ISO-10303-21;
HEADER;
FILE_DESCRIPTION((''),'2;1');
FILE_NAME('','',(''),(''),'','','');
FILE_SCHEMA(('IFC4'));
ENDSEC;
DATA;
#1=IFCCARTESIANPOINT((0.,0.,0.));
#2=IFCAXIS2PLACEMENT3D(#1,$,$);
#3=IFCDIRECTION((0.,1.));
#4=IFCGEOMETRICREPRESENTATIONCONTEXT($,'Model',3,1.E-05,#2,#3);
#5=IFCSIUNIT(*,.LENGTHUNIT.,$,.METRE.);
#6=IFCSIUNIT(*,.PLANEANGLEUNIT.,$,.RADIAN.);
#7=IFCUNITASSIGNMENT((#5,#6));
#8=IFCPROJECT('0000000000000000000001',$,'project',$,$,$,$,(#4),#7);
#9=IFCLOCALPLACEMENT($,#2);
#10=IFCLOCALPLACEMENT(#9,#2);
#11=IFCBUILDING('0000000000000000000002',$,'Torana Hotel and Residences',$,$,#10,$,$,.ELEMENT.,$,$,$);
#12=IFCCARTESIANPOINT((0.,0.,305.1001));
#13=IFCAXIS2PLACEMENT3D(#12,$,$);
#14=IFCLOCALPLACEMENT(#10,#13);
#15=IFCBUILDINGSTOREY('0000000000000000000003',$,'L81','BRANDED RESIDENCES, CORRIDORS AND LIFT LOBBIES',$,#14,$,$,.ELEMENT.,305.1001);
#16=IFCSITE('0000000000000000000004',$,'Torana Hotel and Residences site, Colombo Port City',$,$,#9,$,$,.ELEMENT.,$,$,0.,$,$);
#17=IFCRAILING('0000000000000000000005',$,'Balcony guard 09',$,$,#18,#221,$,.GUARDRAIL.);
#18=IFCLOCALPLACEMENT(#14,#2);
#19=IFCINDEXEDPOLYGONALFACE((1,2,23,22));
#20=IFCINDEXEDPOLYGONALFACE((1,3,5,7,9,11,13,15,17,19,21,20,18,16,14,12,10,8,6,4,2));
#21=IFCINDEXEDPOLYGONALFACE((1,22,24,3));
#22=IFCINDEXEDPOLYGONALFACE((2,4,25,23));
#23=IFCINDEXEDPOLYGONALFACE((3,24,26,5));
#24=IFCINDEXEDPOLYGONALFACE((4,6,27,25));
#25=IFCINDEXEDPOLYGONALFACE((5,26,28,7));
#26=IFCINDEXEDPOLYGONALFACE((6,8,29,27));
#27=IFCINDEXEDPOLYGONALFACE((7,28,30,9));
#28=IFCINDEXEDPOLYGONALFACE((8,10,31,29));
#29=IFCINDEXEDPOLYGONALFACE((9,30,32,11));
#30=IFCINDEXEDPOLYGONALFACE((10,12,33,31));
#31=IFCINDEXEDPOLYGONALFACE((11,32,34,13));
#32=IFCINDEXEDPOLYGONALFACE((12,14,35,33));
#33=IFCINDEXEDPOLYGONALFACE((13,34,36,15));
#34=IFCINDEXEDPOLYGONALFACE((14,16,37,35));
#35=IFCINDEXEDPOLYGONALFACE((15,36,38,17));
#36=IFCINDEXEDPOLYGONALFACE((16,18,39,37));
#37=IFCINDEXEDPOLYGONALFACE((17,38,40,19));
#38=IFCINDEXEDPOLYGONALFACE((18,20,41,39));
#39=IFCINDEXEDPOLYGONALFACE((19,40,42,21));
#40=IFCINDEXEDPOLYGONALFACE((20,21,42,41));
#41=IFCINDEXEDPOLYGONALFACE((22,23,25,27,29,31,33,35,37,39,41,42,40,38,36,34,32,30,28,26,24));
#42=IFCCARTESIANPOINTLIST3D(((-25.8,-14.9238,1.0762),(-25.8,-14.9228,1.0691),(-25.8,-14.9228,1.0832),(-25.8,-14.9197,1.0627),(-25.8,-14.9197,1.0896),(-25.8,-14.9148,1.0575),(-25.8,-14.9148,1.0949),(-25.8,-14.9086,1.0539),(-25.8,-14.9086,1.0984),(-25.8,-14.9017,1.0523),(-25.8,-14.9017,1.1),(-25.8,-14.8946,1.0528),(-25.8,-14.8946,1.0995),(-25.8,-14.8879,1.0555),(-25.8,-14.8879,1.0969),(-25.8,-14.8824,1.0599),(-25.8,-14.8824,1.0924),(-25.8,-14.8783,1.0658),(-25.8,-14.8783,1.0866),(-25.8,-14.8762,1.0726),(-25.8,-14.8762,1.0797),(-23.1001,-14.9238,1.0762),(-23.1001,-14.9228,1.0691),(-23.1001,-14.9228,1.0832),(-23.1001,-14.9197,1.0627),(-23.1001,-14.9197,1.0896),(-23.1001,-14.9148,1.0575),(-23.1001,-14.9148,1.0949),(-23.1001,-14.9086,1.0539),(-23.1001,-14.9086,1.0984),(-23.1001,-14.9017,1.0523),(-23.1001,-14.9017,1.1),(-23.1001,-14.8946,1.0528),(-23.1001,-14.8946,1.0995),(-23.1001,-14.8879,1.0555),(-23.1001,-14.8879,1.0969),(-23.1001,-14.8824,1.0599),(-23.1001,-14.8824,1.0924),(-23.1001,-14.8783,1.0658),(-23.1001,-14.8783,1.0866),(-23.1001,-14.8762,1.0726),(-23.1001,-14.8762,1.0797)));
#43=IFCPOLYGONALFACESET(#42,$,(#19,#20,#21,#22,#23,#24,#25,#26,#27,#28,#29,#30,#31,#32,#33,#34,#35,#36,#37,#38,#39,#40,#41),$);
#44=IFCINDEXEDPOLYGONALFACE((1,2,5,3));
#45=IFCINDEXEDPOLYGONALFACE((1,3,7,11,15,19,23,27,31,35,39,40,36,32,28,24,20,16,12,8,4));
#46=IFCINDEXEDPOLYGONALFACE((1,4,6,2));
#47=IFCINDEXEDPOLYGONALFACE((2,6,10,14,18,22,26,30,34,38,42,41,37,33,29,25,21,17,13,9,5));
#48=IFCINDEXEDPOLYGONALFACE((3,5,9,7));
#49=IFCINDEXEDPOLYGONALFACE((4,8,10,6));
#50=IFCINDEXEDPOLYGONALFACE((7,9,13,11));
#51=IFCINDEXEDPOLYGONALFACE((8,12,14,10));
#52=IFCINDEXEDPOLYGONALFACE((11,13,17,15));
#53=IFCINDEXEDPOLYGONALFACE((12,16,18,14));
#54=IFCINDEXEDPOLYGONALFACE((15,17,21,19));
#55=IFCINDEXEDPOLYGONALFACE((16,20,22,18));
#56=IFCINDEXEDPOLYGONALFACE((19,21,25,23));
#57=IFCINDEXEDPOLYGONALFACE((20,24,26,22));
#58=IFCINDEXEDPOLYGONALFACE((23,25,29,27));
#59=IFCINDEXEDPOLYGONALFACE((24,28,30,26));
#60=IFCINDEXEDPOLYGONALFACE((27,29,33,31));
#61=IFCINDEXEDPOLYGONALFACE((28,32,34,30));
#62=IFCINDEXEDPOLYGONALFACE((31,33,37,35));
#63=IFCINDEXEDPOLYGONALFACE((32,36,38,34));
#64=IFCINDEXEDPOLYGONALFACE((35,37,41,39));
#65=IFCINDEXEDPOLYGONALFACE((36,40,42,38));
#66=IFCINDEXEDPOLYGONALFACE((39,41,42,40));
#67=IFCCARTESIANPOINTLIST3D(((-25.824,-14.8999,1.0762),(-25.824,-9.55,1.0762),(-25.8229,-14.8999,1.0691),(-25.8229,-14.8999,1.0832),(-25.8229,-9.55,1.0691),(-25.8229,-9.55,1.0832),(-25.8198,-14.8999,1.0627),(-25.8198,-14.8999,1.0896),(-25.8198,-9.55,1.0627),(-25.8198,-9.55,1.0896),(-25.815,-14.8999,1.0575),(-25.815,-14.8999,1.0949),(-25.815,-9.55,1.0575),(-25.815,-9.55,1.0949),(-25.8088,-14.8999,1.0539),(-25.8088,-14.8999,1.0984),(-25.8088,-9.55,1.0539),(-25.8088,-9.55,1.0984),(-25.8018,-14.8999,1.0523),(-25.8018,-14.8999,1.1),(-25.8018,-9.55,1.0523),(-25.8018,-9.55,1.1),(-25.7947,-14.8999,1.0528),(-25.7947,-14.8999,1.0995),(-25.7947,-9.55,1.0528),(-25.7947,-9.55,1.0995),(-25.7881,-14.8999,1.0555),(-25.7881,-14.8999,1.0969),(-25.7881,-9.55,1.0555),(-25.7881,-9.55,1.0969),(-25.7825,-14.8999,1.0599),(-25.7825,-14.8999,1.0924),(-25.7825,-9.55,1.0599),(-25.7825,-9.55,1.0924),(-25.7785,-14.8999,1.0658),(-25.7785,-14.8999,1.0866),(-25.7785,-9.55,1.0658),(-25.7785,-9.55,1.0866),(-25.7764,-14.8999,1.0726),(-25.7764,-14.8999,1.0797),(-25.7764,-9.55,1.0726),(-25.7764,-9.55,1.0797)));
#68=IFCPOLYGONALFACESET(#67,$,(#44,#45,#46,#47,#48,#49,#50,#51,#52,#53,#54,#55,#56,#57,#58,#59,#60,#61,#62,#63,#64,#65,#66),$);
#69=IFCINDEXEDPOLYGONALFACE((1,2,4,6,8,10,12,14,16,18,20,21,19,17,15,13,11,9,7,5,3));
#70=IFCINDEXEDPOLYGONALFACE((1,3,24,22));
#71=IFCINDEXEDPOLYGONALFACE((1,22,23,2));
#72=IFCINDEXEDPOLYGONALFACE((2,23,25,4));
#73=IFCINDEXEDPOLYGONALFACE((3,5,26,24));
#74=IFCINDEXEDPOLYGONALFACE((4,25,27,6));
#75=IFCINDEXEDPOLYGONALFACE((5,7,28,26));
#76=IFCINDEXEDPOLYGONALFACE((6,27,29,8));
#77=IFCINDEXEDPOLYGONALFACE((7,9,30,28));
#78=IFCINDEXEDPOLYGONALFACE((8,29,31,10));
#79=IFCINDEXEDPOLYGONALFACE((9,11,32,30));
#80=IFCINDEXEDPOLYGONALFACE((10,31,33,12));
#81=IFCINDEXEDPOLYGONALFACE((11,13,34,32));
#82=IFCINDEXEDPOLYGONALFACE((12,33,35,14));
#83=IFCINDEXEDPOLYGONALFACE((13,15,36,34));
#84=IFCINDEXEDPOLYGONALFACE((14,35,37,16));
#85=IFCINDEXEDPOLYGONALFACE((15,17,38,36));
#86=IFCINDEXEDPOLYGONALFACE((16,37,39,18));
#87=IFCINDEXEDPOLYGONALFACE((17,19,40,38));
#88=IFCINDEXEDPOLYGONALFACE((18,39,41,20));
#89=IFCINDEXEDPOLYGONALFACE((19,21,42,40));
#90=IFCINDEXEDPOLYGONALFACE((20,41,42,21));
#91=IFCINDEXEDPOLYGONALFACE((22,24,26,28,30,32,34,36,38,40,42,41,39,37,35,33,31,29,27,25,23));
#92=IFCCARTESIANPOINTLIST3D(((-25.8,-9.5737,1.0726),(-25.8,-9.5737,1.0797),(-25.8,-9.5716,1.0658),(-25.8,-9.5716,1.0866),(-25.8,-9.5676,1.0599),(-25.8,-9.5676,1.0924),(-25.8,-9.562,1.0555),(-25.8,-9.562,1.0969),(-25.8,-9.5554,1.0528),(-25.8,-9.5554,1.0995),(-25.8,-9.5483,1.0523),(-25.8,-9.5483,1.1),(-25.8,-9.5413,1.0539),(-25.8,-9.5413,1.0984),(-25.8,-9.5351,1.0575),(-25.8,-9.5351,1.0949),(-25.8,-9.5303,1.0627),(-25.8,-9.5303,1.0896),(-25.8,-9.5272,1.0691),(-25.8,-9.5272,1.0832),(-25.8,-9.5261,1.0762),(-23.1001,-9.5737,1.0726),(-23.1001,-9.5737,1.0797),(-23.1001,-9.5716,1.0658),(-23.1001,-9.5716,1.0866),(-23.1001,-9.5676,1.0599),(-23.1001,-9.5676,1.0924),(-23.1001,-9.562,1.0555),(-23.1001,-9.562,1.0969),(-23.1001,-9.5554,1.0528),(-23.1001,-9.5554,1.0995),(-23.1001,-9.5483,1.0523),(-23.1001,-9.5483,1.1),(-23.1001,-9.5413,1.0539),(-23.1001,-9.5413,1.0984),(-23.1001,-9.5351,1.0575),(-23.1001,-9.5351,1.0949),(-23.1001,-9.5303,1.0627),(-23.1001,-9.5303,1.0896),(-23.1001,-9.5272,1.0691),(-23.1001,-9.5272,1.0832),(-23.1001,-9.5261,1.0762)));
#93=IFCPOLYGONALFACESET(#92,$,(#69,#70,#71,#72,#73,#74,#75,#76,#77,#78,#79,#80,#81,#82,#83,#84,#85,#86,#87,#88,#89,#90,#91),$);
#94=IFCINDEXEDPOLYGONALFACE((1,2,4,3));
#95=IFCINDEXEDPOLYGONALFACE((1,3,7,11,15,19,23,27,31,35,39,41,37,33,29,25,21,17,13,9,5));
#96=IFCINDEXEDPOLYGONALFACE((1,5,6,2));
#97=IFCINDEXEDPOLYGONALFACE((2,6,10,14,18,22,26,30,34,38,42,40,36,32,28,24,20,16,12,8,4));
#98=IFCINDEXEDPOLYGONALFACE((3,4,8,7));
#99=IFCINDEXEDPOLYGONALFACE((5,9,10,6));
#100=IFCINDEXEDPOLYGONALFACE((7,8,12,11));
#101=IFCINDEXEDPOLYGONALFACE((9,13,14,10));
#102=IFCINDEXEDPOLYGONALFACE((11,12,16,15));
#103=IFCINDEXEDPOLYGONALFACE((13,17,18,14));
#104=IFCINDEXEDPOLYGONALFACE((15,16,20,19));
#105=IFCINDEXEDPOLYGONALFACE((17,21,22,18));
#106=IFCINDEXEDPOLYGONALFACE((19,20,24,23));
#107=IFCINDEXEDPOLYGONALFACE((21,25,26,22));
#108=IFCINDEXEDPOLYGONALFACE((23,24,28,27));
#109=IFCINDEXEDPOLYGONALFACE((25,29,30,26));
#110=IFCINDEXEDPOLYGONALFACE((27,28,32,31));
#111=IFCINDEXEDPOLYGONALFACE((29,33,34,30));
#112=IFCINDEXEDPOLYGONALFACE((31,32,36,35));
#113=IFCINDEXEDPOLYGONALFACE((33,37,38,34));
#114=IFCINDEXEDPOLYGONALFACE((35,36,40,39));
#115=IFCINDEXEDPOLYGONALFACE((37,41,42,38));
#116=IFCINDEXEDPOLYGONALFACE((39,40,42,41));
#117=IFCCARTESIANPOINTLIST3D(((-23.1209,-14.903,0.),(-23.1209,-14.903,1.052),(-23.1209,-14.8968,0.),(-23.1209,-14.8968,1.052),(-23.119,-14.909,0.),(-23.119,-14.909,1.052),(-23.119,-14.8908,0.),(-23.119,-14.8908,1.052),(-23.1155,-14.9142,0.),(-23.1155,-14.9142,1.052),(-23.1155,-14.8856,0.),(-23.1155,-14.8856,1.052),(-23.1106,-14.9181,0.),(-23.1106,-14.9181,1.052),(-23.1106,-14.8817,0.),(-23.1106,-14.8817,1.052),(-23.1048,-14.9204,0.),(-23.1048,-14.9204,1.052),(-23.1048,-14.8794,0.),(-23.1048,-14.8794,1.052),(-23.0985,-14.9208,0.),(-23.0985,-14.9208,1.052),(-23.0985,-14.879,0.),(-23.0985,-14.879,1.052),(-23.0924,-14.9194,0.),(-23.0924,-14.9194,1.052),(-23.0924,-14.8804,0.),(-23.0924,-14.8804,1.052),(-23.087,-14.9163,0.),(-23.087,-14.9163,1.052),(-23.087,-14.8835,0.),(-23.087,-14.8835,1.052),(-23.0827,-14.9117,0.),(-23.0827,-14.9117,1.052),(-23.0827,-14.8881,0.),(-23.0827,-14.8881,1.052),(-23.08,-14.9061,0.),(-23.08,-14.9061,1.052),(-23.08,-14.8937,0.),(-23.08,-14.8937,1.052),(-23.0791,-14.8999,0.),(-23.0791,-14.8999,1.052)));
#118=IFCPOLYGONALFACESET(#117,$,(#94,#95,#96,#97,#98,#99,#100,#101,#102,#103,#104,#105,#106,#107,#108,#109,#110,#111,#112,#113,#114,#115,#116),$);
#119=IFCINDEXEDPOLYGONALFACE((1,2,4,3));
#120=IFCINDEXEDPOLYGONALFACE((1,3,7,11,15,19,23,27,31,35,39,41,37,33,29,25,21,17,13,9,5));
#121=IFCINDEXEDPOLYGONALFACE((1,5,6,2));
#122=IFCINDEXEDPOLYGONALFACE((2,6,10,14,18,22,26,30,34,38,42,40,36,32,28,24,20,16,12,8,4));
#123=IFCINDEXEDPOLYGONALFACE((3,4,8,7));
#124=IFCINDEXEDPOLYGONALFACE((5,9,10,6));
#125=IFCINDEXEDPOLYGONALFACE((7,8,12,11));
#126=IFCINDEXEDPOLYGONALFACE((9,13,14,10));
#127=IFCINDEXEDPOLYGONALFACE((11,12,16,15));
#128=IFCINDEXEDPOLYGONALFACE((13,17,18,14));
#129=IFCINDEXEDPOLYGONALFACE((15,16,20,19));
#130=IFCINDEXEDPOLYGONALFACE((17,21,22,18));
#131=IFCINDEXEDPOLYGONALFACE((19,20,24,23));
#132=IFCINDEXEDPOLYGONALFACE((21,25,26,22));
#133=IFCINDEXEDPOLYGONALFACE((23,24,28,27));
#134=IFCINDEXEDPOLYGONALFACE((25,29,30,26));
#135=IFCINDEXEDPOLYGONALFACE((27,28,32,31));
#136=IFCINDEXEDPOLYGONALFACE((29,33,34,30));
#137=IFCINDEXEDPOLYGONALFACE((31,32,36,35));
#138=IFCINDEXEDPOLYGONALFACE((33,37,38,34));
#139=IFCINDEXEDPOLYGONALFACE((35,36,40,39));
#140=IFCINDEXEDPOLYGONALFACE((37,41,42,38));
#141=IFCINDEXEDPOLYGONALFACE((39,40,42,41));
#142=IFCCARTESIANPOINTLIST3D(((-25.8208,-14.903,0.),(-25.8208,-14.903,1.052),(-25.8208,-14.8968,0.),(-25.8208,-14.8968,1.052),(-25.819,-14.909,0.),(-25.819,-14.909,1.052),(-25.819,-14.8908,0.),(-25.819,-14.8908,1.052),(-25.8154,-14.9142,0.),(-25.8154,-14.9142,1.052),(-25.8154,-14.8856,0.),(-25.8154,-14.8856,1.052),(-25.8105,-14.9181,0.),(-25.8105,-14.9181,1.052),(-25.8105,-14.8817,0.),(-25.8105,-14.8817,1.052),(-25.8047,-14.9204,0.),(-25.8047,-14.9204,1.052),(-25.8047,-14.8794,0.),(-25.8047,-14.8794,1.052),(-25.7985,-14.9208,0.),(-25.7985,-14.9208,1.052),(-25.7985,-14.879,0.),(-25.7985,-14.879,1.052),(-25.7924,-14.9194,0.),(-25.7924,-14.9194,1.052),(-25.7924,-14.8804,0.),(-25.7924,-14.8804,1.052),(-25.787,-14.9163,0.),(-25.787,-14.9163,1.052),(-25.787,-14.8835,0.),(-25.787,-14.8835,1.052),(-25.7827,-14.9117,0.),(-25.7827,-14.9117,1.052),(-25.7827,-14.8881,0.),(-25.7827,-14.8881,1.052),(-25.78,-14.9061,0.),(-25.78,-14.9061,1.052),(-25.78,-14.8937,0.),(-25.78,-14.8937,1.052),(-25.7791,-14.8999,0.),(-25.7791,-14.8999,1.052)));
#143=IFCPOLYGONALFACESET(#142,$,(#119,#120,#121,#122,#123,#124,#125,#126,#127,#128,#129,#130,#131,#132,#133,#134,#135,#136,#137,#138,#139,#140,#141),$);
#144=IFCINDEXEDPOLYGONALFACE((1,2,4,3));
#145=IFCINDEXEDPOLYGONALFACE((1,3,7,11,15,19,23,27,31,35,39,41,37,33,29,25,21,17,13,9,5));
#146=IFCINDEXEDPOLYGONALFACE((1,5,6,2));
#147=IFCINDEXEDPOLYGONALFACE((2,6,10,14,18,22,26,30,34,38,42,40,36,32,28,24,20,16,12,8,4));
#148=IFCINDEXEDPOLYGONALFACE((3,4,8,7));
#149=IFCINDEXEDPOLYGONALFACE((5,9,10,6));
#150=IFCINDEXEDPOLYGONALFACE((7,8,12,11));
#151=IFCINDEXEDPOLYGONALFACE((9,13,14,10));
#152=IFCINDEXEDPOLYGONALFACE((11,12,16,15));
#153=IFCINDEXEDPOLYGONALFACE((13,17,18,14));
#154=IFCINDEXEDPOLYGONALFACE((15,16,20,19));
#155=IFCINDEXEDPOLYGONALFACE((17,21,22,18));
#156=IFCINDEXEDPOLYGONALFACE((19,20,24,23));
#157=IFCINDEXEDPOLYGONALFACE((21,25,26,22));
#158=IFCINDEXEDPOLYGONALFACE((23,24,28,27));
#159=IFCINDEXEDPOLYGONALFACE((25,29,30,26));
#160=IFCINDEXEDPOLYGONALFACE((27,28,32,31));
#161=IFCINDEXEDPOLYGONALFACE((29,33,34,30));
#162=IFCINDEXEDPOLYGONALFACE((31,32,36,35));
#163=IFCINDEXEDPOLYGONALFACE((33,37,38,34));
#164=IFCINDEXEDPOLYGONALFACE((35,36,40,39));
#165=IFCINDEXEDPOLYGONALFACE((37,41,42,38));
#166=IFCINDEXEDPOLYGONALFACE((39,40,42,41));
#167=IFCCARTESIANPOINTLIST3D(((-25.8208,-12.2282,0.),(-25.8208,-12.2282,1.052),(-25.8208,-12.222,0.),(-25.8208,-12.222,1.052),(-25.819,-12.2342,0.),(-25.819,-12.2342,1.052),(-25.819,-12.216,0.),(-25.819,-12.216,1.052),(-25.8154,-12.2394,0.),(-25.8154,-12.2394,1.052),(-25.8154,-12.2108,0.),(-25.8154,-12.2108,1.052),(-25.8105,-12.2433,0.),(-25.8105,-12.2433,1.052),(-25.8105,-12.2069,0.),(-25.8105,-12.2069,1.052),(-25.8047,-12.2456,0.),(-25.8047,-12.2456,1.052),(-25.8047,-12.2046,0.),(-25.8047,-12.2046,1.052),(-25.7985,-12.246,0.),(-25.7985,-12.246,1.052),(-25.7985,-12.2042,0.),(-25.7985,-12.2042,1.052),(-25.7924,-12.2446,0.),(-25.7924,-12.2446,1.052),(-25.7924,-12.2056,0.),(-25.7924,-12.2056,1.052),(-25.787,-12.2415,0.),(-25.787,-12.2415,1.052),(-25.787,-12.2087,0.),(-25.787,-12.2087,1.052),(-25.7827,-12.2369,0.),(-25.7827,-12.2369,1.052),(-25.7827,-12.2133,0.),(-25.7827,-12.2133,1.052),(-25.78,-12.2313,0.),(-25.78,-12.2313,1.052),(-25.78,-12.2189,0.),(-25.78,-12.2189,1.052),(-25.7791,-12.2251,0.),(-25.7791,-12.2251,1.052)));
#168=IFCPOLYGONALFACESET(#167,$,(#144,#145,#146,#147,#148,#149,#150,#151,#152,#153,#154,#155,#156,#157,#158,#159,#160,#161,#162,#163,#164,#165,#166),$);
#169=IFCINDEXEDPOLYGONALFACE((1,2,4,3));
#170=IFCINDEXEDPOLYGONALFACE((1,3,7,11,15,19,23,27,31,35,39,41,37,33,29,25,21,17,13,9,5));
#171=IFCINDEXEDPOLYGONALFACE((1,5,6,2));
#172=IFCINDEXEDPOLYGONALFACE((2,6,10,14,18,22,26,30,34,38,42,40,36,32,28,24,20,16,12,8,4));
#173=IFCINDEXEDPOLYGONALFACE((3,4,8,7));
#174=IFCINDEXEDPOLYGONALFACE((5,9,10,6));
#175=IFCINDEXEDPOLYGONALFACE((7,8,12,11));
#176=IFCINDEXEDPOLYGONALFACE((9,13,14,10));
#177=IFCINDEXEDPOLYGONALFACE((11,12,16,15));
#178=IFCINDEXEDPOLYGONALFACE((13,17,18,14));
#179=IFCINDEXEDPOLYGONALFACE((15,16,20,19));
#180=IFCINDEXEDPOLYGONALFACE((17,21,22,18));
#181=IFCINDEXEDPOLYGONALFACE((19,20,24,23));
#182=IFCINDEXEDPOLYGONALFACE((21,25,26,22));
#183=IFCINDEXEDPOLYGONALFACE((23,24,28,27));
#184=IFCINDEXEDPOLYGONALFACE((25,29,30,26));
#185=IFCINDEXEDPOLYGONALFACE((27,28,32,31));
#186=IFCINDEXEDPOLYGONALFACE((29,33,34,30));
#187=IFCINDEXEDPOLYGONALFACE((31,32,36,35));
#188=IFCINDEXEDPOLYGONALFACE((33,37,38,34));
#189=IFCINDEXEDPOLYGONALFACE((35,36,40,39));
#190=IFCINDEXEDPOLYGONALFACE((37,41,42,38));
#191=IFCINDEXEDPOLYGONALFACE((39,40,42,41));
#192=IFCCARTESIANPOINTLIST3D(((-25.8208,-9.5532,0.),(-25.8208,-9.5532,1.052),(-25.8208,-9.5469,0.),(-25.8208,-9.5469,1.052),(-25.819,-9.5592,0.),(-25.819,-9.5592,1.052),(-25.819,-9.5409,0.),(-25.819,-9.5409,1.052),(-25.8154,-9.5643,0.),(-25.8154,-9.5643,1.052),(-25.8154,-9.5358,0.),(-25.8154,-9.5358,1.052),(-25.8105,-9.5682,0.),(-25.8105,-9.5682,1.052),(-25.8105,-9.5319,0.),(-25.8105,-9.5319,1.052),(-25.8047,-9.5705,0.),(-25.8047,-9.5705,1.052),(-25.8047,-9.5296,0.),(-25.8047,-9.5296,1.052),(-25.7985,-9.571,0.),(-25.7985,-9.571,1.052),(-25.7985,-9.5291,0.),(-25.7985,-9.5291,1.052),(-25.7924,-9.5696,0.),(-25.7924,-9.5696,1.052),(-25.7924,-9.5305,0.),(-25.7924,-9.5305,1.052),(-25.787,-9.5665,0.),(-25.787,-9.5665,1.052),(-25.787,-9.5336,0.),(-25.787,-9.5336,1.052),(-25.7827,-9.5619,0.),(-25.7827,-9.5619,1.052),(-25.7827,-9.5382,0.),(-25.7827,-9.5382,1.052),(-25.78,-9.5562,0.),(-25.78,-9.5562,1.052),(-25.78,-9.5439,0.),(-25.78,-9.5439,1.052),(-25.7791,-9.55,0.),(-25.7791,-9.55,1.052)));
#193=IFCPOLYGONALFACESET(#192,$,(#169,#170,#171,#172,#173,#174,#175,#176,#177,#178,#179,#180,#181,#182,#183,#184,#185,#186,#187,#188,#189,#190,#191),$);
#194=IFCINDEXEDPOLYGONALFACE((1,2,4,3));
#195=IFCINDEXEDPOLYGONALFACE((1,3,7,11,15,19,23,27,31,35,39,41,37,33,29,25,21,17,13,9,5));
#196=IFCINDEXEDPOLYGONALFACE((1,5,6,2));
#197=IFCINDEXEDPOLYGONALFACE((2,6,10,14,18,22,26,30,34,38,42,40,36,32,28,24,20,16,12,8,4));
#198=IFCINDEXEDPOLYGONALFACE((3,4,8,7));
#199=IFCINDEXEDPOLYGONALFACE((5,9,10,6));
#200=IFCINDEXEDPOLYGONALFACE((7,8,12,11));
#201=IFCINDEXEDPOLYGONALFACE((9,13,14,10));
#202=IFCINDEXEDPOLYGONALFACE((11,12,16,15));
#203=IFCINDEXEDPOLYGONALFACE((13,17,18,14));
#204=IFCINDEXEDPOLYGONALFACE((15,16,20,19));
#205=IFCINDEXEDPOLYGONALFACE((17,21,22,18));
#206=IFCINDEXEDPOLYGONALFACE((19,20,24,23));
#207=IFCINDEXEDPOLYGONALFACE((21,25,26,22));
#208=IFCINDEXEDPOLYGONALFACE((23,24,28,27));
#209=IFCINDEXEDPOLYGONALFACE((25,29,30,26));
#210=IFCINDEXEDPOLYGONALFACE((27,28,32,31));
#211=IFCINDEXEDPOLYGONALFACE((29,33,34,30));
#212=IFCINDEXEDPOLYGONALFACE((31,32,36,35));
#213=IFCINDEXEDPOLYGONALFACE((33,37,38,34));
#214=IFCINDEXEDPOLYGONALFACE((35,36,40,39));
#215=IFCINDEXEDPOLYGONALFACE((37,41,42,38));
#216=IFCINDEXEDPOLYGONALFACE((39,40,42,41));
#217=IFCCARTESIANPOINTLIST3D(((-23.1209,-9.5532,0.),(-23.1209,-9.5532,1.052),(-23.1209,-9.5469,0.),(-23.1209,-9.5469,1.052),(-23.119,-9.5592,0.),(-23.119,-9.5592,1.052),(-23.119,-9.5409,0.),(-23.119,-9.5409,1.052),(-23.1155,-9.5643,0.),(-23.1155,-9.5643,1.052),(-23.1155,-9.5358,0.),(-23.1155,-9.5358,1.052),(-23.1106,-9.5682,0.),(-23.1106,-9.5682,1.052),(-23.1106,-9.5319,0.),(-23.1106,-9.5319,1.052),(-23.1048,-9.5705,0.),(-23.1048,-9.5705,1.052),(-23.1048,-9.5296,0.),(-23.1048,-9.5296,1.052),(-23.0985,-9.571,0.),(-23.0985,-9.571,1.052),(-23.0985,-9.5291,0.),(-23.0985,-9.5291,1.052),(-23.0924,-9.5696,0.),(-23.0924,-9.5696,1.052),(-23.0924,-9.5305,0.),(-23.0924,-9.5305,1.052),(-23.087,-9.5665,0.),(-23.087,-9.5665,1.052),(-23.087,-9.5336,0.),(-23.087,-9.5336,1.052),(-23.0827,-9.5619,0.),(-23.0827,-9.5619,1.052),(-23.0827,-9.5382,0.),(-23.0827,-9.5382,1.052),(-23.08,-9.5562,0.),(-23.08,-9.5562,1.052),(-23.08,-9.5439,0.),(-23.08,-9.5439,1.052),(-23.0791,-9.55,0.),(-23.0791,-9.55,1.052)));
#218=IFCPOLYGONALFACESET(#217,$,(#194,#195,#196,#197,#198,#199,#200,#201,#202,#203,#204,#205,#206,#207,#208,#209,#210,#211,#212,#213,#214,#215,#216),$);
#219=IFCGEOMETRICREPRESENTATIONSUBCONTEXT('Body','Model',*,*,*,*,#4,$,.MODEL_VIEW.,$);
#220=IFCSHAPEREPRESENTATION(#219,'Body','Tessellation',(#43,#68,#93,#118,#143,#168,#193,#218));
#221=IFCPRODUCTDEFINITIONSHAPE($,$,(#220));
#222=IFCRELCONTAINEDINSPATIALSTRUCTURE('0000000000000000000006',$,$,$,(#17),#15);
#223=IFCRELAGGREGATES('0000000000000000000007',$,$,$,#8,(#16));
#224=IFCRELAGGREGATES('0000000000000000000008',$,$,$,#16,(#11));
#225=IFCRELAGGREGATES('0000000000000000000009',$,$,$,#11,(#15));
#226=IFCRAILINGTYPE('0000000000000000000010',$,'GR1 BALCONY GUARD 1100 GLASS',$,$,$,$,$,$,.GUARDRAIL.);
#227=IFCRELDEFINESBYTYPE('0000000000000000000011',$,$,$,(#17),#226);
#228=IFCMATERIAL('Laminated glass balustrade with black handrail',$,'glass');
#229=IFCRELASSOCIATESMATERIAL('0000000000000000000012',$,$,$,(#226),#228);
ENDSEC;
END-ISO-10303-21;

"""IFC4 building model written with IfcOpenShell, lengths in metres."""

from ifc_helpers import new_model, si_unit, direction, frame, origin, origin_2d, place, context, subcontext, project, spatial, circle, extrude, material, type_object, element, save


model = new_model("IFC4")

# Units and contexts
model_context = context("Model", 3, precision=1e-05, world=origin(), true_north=direction((0.0, 1.0)))
body_context = subcontext(model_context, "Body", "Model", "MODEL_VIEW")
ifc_project = project(units=[si_unit("LENGTHUNIT", "METRE"), si_unit("PLANEANGLEUNIT", "RADIAN")], contexts=[model_context])

# Site, building, storey
site_placement = place(None, origin())
site = spatial("IfcSite", under=ifc_project, at=site_placement, Name="Torana Hotel and Residences site, Colombo Port City", CompositionType="ELEMENT", RefElevation=0.0)
building_placement = place(site_placement, origin())
building = spatial("IfcBuilding", under=site, at=building_placement, Name="Torana Hotel and Residences", CompositionType="ELEMENT")
storey_placement = place(building_placement, frame((0.0, 0.0, 305.1001)))
storey = spatial("IfcBuildingStorey", under=building, at=storey_placement, Name="L81", Description="BRANDED RESIDENCES, CORRIDORS AND LIFT LOBBIES", CompositionType="ELEMENT", Elevation=305.1001)

# Railing
ifc_material_1 = material(Name="Laminated glass balustrade with black handrail", Category="glass")
railing_type = type_object("IfcRailingType", Name="GR1 BALCONY GUARD 1100 GLASS", PredefinedType="GUARDRAIL", material=ifc_material_1)
railing_1_placement = place(storey_placement, frame((-23.1001, -14.8999, 0.0)))
element("IfcRailing", 1, at=railing_1_placement, inside=storey, type_object=railing_type, Name="Balcony guard 09", PredefinedType="GUARDRAIL", context=body_context, shape_type="SweptSolid", body=[
    extrude(circle(Radius=0.0239, at=origin_2d()), frame((0.0, 0.0, 1.0762), z_axis=(-1.0, 0.0, 0.0), x_axis=(0.0, -1.0, 0.0)), (0.0, 0.0, 1.0), 2.7),
    extrude(circle(Radius=0.0239, at=origin_2d()), frame((-2.7, 0.0, 1.0762), z_axis=(0.0, 1.0, 0.0), x_axis=(-1.0, 0.0, 0.0)), (0.0, 0.0, 1.0), 5.3499),
    extrude(circle(Radius=0.0239, at=origin_2d()), frame((-2.7, 5.3499, 1.0762), z_axis=(1.0, 0.0, 0.0), x_axis=(0.0, 1.0, 0.0)), (0.0, 0.0, 1.0), 2.7),
    extrude(circle(Radius=0.021, at=origin_2d()), origin(), (0.0, 0.0, 1.0), 1.052),
    extrude(circle(Radius=0.021, at=origin_2d()), frame((-2.7, 0.0, 0.0)), (0.0, 0.0, 1.0), 1.052),
    extrude(circle(Radius=0.021, at=origin_2d()), frame((-2.7, 2.6748, 0.0)), (0.0, 0.0, 1.0), 1.052),
    extrude(circle(Radius=0.021, at=origin_2d()), frame((-2.7, 5.3499, 0.0)), (0.0, 0.0, 1.0), 1.052),
    extrude(circle(Radius=0.021, at=origin_2d()), frame((0.0, 5.3499, 0.0)), (0.0, 0.0, 1.0), 1.052),
])

save(model, "model.ifc")
